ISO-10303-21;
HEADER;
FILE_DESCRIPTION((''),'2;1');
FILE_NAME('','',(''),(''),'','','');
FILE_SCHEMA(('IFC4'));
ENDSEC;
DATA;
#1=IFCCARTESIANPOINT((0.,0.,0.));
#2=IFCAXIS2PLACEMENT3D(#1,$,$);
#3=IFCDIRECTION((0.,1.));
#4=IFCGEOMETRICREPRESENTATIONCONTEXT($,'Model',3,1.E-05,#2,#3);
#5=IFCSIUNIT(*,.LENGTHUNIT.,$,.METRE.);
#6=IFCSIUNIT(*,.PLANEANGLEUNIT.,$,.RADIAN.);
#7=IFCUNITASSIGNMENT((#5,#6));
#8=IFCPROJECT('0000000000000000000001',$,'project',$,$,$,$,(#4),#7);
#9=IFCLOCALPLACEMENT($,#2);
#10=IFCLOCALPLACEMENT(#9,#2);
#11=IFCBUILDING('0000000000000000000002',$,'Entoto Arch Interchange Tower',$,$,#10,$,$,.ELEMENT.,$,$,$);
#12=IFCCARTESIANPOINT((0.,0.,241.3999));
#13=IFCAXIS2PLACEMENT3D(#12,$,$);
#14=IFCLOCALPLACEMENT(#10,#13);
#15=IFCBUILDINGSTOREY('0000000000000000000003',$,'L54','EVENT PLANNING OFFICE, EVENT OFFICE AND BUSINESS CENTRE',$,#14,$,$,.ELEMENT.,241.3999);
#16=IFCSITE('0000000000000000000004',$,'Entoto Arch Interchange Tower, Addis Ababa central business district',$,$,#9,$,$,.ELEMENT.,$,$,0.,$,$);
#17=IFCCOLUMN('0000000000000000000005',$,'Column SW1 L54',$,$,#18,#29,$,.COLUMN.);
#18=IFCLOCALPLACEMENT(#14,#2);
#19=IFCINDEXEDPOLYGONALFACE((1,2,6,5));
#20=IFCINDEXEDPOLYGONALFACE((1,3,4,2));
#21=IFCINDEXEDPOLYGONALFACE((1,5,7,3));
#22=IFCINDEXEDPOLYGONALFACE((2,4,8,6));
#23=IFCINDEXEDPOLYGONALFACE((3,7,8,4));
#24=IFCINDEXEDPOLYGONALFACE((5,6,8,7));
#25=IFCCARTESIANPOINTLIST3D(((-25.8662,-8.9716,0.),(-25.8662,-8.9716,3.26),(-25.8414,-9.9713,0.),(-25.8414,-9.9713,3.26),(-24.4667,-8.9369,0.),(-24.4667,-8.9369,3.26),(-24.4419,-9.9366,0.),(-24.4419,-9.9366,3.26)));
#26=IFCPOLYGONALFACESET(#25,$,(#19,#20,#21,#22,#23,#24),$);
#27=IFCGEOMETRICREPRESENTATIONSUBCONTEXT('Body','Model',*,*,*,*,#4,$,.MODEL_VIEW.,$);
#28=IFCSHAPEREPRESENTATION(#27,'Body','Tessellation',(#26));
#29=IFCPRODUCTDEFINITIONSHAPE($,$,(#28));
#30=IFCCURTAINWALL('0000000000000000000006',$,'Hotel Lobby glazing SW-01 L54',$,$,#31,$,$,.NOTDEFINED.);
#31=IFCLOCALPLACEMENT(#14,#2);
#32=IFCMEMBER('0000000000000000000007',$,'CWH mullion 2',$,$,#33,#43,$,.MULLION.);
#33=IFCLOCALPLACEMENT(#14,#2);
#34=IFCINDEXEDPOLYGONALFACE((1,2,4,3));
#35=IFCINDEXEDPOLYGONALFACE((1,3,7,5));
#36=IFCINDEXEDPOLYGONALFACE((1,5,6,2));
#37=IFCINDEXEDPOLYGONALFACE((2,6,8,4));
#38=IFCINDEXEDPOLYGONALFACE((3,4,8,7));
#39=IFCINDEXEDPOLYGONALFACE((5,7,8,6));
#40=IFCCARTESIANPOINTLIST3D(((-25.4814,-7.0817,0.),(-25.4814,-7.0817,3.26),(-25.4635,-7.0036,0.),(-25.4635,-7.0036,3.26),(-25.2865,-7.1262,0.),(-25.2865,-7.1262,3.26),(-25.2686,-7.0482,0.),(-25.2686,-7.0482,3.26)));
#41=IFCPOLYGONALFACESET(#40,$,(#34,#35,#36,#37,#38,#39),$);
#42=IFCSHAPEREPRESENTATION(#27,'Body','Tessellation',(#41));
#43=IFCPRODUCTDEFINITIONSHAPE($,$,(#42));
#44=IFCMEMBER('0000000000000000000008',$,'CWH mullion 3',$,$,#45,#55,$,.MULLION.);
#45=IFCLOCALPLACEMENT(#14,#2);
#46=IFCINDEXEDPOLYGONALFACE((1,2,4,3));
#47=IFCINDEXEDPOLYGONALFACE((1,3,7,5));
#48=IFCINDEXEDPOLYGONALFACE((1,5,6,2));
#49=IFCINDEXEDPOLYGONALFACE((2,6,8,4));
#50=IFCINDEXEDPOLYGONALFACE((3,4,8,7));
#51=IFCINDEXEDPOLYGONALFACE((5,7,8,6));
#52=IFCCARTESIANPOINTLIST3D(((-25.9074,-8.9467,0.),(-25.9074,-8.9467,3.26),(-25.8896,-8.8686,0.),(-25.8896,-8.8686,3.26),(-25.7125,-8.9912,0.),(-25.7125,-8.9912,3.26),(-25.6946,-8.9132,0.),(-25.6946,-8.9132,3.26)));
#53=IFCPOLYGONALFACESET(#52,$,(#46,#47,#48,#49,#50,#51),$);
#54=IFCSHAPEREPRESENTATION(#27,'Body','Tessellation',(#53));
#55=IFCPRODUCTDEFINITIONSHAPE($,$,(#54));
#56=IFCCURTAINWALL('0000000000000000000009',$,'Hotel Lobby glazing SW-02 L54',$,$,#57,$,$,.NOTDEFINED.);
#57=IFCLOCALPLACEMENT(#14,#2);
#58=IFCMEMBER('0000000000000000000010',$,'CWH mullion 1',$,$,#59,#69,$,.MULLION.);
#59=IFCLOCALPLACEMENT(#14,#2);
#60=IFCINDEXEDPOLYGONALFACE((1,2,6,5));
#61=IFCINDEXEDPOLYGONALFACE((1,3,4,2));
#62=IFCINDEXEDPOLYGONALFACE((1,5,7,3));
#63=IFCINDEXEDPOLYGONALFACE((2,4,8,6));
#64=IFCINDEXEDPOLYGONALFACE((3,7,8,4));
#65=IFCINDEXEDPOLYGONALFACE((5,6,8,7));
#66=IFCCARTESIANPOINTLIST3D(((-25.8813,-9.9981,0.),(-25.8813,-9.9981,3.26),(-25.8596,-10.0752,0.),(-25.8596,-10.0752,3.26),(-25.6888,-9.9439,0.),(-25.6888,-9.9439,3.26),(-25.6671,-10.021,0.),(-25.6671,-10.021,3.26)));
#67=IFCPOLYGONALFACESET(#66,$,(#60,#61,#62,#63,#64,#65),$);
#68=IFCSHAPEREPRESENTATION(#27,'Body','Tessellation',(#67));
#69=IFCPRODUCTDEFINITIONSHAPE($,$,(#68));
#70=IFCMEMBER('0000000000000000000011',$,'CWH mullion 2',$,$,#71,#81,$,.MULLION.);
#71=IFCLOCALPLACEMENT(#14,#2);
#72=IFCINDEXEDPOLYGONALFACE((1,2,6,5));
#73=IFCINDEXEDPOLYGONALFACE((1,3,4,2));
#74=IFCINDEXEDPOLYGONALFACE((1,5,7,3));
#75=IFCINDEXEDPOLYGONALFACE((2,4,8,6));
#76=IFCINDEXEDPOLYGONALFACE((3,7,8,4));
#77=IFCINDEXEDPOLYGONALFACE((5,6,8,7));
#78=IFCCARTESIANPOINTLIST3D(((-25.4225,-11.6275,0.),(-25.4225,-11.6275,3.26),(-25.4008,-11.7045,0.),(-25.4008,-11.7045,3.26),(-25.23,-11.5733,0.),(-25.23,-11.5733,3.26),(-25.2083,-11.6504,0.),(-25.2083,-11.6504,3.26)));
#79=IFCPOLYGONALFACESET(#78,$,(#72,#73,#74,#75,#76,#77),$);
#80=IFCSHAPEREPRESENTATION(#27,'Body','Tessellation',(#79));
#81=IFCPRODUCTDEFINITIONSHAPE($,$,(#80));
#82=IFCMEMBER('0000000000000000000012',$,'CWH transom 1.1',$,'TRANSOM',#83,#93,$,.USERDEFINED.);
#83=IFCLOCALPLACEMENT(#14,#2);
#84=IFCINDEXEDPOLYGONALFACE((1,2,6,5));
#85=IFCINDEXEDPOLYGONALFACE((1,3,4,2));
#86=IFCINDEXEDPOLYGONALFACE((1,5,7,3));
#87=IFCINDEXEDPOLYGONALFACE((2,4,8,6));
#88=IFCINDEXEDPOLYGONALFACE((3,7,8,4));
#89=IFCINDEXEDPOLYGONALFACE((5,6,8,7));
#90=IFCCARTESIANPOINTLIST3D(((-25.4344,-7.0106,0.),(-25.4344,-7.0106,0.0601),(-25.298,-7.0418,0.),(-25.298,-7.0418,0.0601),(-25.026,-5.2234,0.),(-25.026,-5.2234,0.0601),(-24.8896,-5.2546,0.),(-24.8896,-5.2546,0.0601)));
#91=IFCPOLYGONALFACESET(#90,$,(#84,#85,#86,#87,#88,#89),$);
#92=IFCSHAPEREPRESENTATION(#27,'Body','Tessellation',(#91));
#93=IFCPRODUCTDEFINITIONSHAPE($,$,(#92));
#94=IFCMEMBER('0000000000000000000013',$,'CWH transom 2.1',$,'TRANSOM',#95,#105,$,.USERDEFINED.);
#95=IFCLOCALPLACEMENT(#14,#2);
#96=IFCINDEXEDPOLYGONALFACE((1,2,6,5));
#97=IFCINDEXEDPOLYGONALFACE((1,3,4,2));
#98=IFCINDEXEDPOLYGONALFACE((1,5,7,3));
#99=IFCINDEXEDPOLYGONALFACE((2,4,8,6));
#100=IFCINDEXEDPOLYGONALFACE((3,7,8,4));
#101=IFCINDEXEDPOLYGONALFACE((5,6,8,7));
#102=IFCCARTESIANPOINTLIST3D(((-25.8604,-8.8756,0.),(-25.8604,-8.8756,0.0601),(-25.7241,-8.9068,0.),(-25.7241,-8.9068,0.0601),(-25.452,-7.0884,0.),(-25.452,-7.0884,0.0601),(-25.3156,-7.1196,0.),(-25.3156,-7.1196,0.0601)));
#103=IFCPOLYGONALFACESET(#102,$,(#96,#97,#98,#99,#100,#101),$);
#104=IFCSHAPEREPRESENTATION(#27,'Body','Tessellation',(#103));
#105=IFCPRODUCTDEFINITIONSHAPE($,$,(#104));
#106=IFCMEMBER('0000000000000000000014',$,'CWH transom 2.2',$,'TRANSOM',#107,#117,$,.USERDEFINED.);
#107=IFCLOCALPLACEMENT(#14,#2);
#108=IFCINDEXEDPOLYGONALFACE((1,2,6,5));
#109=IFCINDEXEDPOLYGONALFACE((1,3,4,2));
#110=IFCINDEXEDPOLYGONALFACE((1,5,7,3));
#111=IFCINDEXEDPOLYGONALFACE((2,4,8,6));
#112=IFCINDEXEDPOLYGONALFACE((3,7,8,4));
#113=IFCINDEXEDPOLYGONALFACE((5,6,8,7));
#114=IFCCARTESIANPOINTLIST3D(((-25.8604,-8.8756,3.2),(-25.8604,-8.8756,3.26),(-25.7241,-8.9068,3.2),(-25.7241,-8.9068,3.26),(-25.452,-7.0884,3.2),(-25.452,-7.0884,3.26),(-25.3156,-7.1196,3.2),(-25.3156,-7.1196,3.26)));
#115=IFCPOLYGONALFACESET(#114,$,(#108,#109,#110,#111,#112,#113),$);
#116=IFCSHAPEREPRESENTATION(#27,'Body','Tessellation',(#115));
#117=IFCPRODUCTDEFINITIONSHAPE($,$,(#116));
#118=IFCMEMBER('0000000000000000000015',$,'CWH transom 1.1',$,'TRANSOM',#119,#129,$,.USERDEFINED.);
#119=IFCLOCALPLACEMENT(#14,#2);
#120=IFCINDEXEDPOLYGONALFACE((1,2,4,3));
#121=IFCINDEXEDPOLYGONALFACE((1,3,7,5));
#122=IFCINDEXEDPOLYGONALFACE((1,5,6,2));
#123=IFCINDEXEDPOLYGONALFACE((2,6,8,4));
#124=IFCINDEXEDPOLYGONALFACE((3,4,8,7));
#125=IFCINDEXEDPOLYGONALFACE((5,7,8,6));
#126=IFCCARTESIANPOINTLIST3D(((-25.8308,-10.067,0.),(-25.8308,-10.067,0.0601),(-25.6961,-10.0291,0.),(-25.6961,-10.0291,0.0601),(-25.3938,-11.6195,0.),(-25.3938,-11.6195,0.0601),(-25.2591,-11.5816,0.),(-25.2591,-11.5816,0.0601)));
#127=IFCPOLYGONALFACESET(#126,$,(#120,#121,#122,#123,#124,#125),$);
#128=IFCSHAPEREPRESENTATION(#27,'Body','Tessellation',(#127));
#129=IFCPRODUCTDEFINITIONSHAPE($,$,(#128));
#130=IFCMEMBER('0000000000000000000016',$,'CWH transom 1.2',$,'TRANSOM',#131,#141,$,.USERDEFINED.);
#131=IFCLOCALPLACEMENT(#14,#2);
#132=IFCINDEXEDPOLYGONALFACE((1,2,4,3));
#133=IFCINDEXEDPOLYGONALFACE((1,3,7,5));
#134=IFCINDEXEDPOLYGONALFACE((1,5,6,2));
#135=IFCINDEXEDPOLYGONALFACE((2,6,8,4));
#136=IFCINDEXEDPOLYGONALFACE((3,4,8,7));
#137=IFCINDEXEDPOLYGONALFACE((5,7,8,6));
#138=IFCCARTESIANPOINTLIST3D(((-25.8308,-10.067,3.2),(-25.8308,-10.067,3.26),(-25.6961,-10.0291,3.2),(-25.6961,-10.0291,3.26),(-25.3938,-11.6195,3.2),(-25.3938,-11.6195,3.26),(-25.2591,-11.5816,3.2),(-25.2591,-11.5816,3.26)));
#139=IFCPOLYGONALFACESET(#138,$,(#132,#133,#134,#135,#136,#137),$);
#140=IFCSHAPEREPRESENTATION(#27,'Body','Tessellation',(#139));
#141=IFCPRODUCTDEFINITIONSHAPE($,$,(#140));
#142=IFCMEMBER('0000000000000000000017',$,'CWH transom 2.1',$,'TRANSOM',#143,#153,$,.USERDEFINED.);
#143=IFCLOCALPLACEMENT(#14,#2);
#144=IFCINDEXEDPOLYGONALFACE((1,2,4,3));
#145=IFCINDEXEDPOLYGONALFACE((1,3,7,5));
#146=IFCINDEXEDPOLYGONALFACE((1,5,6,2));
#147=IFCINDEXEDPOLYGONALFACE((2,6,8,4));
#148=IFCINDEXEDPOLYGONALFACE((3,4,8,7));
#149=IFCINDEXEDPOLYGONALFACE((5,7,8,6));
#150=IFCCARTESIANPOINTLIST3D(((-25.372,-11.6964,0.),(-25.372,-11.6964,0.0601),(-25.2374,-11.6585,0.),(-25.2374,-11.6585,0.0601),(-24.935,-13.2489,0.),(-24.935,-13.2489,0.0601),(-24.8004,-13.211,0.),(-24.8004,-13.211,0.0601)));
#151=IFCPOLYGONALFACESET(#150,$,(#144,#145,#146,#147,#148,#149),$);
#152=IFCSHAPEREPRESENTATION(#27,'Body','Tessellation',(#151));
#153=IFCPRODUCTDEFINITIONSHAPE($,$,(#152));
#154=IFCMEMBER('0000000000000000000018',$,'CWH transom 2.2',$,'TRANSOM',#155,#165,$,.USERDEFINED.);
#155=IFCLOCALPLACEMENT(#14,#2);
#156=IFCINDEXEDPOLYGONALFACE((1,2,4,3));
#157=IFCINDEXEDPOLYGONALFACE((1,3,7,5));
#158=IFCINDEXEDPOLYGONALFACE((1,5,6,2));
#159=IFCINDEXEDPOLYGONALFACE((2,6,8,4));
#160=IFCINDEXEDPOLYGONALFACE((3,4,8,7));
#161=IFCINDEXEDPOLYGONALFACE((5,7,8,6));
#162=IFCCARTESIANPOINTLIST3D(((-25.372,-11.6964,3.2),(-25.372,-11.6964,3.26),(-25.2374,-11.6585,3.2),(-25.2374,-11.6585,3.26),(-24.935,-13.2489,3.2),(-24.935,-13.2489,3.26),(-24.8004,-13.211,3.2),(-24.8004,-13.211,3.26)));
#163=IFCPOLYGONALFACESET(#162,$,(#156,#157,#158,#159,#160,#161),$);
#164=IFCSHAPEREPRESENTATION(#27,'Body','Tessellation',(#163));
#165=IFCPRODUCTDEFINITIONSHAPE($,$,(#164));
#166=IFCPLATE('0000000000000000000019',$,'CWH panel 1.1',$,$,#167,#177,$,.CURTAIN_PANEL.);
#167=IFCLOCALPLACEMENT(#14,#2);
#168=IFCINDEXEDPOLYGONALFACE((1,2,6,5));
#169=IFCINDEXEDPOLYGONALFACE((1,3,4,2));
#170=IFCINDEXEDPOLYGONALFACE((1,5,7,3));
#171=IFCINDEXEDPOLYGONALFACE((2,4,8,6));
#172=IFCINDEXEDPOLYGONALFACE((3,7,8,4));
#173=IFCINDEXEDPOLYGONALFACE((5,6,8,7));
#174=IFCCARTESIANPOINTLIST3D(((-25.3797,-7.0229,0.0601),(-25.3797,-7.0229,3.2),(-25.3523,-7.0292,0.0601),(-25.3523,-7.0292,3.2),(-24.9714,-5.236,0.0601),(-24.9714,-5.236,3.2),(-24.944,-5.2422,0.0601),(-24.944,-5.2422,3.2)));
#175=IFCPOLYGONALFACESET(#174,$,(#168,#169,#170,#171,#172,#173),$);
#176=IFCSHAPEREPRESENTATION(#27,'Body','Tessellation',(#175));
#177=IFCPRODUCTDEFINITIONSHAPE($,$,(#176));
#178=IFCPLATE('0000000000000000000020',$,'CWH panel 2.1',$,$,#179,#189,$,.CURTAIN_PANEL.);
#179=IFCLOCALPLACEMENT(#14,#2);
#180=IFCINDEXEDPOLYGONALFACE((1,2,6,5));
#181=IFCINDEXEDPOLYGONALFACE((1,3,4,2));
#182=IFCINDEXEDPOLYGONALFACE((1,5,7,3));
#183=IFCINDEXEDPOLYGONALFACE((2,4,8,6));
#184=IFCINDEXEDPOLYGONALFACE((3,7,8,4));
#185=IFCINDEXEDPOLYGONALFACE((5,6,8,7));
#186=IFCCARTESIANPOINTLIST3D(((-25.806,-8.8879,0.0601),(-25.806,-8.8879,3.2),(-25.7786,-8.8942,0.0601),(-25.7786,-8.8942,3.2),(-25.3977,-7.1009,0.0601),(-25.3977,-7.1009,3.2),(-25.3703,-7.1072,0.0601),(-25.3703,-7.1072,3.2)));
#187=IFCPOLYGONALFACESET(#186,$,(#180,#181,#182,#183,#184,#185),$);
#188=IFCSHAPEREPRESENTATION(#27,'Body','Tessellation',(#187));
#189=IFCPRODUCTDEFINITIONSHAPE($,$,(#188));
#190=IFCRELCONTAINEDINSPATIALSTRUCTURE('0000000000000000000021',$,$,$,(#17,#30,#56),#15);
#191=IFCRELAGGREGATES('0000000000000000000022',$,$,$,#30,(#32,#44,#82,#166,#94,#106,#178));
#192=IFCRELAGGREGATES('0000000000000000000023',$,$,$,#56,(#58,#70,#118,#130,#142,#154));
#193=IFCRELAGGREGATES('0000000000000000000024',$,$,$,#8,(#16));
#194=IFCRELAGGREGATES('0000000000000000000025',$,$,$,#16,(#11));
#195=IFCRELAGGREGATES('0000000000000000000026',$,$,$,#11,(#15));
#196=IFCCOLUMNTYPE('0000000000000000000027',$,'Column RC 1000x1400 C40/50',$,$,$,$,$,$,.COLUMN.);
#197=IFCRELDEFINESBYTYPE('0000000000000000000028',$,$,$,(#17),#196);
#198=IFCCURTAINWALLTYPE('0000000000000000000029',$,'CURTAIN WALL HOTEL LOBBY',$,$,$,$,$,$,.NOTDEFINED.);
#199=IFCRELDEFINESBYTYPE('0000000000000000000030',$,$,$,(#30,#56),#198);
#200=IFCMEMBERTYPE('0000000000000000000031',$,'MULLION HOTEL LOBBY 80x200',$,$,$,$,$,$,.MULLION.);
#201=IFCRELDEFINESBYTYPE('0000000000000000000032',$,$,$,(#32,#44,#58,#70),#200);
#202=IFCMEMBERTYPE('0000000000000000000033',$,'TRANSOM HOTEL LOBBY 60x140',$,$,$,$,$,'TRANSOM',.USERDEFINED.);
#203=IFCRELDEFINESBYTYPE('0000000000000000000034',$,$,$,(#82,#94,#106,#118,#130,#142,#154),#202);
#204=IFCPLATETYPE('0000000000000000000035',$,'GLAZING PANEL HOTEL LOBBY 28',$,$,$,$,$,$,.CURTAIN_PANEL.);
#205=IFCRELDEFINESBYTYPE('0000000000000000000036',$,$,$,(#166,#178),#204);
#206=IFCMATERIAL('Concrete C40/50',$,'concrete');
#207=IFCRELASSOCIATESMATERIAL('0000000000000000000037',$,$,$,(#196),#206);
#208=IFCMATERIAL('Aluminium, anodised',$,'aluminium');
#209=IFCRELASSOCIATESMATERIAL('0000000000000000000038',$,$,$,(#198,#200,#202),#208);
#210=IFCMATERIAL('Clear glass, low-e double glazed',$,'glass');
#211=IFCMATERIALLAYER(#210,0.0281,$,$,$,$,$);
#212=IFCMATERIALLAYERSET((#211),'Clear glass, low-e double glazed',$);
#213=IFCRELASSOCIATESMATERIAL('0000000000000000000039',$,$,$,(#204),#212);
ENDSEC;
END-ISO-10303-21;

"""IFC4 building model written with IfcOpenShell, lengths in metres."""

from ifc_helpers import new_model, si_unit, direction, frame, origin, origin_2d, place, context, subcontext, project, spatial, rectangle, extrude, material, layer, layer_set, material_profile, profile_set, type_object, element, aggregate, save


model = new_model("IFC4")

# Units and contexts
model_context = context("Model", 3, precision=1e-05, world=origin(), true_north=direction((0.0, 1.0)))
body_context = subcontext(model_context, "Body", "Model", "MODEL_VIEW")
ifc_project = project(units=[si_unit("LENGTHUNIT", "METRE"), si_unit("PLANEANGLEUNIT", "RADIAN")], contexts=[model_context])

# Site, building, storey
site_placement = place(None, origin())
site = spatial("IfcSite", under=ifc_project, at=site_placement, Name="Entoto Arch Interchange Tower, Addis Ababa central business district", CompositionType="ELEMENT", RefElevation=0.0)
building_placement = place(site_placement, origin())
building = spatial("IfcBuilding", under=site, at=building_placement, Name="Entoto Arch Interchange Tower", CompositionType="ELEMENT")
storey_placement = place(building_placement, frame((0.0, 0.0, 241.3999)))
storey = spatial("IfcBuildingStorey", under=building, at=storey_placement, Name="L54", Description="EVENT PLANNING OFFICE, EVENT OFFICE AND BUSINESS CENTRE", CompositionType="ELEMENT", Elevation=241.3999)

# Column
ifc_material_1 = material(Name="Concrete C40/50", Category="concrete")
ifc_material_profile_1 = material_profile(ifc_material_1, rectangle(XDim=1.0, YDim=1.3999, at=origin_2d()))
ifc_profile_set_1 = profile_set([ifc_material_profile_1], Name="Concrete C40/50")
column_type = type_object("IfcColumnType", Name="Column RC 1000x1400 C40/50", PredefinedType="COLUMN", material=ifc_profile_set_1)
column_placement = place(storey_placement, frame((-25.1541, -9.4541, 0.0), z_axis=(0.0, 0.0, 1.0), x_axis=(-0.024833, 0.999692, 0.0)))
element("IfcColumn", 1, at=column_placement, inside=storey, type_object=column_type, Name="Column SW1 L54", PredefinedType="COLUMN", context=body_context, shape_type="SweptSolid", body=[
    extrude(rectangle(XDim=1.0, YDim=1.3999, at=origin_2d()), origin(), (0.0, 0.0, 1.0), 3.26),
])

# Curtain walls, members
ifc_material_2 = material(Name="Aluminium, anodised", Category="aluminium")
curtain_wall_type = type_object("IfcCurtainWallType", Name="CURTAIN WALL HOTEL LOBBY", PredefinedType="NOTDEFINED", material=ifc_material_2)
curtain_wall_1_placement = place(storey_placement, origin())
curtain_wall_1 = element("IfcCurtainWall", 2, at=curtain_wall_1_placement, inside=storey, type_object=curtain_wall_type, Name="Hotel Lobby glazing SW-01 L54", PredefinedType="NOTDEFINED")
ifc_material_profile_2 = material_profile(ifc_material_2, rectangle(XDim=0.2, YDim=0.0801, at=origin_2d()))
ifc_profile_set_2 = profile_set([ifc_material_profile_2], Name="Aluminium, anodised")
member_type_1 = type_object("IfcMemberType", Name="MULLION HOTEL LOBBY 80x200", PredefinedType="MULLION", material=ifc_profile_set_2)
member_1_placement = place(storey_placement, frame((-25.375, -7.0649, 0.0), z_axis=(0.0, 0.0, 1.0), x_axis=(0.974881, -0.222727, 0.0)))
member_1 = element("IfcMember", 3, at=member_1_placement, type_object=member_type_1, Name="CWH mullion 2", PredefinedType="MULLION", context=body_context, shape_type="SweptSolid", body=[
    extrude(rectangle(XDim=0.2, YDim=0.0801, at=origin_2d()), origin(), (0.0, 0.0, 1.0), 3.26),
])
member_2_placement = place(storey_placement, frame((-25.801, -8.9299, 0.0), z_axis=(0.0, 0.0, 1.0), x_axis=(0.974881, -0.222727, 0.0)))
member_2 = element("IfcMember", 4, at=member_2_placement, type_object=member_type_1, Name="CWH mullion 3", PredefinedType="MULLION", context=body_context, shape_type="SweptSolid", body=[
    extrude(rectangle(XDim=0.2, YDim=0.0801, at=origin_2d()), origin(), (0.0, 0.0, 1.0), 3.26),
])
curtain_wall_2_placement = place(storey_placement, origin())
curtain_wall_2 = element("IfcCurtainWall", 5, at=curtain_wall_2_placement, inside=storey, type_object=curtain_wall_type, Name="Hotel Lobby glazing SW-02 L54", PredefinedType="NOTDEFINED")
member_3_placement = place(storey_placement, frame((-25.7742, -10.0095, 0.0), z_axis=(0.0, 0.0, 1.0), x_axis=(0.962595, 0.270946, 0.0)))
member_3 = element("IfcMember", 6, at=member_3_placement, type_object=member_type_1, Name="CWH mullion 1", PredefinedType="MULLION", context=body_context, shape_type="SweptSolid", body=[
    extrude(rectangle(XDim=0.2, YDim=0.0801, at=origin_2d()), origin(), (0.0, 0.0, 1.0), 3.26),
])
member_4_placement = place(storey_placement, frame((-25.3154, -11.6389, 0.0), z_axis=(0.0, 0.0, 1.0), x_axis=(0.962595, 0.270946, 0.0)))
member_4 = element("IfcMember", 7, at=member_4_placement, type_object=member_type_1, Name="CWH mullion 2", PredefinedType="MULLION", context=body_context, shape_type="SweptSolid", body=[
    extrude(rectangle(XDim=0.2, YDim=0.0801, at=origin_2d()), origin(), (0.0, 0.0, 1.0), 3.26),
])

# Members
ifc_material_profile_3 = material_profile(ifc_material_2, rectangle(XDim=0.1399, YDim=0.0601, at=origin_2d()))
ifc_profile_set_3 = profile_set([ifc_material_profile_3], Name="Aluminium, anodised")
member_type_2 = type_object("IfcMemberType", Name="TRANSOM HOTEL LOBBY 60x140", ElementType="TRANSOM", PredefinedType="USERDEFINED", material=ifc_profile_set_3)
member_5_placement = place(storey_placement, frame((-24.9578, -5.239, 0.03), z_axis=(-0.222807, -0.974863, 0.0), x_axis=(0.974863, -0.222807, 0.0)))
member_5 = element("IfcMember", 8, at=member_5_placement, type_object=member_type_2, Name="CWH transom 1.1", ObjectType="TRANSOM", PredefinedType="USERDEFINED", context=body_context, shape_type="SweptSolid", body=[
    extrude(rectangle(XDim=0.1399, YDim=0.0601, at=origin_2d()), origin(), (0.0, 0.0, 1.0), 1.8333),
])
member_6_placement = place(storey_placement, frame((-25.3838, -7.104, 0.03), z_axis=(-0.222807, -0.974863, 0.0), x_axis=(0.974863, -0.222807, 0.0)))
member_6 = element("IfcMember", 9, at=member_6_placement, type_object=member_type_2, Name="CWH transom 2.1", ObjectType="TRANSOM", PredefinedType="USERDEFINED", context=body_context, shape_type="SweptSolid", body=[
    extrude(rectangle(XDim=0.1399, YDim=0.0601, at=origin_2d()), origin(), (0.0, 0.0, 1.0), 1.8333),
])
member_7_placement = place(storey_placement, frame((-25.3838, -7.104, 3.23), z_axis=(-0.222807, -0.974863, 0.0), x_axis=(0.974863, -0.222807, 0.0)))
member_7 = element("IfcMember", 10, at=member_7_placement, type_object=member_type_2, Name="CWH transom 2.2", ObjectType="TRANSOM", PredefinedType="USERDEFINED", context=body_context, shape_type="SweptSolid", body=[
    extrude(rectangle(XDim=0.1399, YDim=0.0601, at=origin_2d()), origin(), (0.0, 0.0, 1.0), 1.8333),
])
member_8_placement = place(storey_placement, frame((-25.7634, -10.0481, 0.03), z_axis=(0.27096, -0.962591, 0.0), x_axis=(0.962591, 0.27096, 0.0)))
member_8 = element("IfcMember", 11, at=member_8_placement, type_object=member_type_2, Name="CWH transom 1.1", ObjectType="TRANSOM", PredefinedType="USERDEFINED", context=body_context, shape_type="SweptSolid", body=[
    extrude(rectangle(XDim=0.1399, YDim=0.0601, at=origin_2d()), origin(), (0.0, 0.0, 1.0), 1.6128),
])
member_9_placement = place(storey_placement, frame((-25.7634, -10.0481, 3.23), z_axis=(0.27096, -0.962591, 0.0), x_axis=(0.962591, 0.27096, 0.0)))
member_9 = element("IfcMember", 12, at=member_9_placement, type_object=member_type_2, Name="CWH transom 1.2", ObjectType="TRANSOM", PredefinedType="USERDEFINED", context=body_context, shape_type="SweptSolid", body=[
    extrude(rectangle(XDim=0.1399, YDim=0.0601, at=origin_2d()), origin(), (0.0, 0.0, 1.0), 1.6128),
])
member_10_placement = place(storey_placement, frame((-25.3047, -11.6775, 0.03), z_axis=(0.27096, -0.962591, 0.0), x_axis=(0.962591, 0.27096, 0.0)))
member_10 = element("IfcMember", 13, at=member_10_placement, type_object=member_type_2, Name="CWH transom 2.1", ObjectType="TRANSOM", PredefinedType="USERDEFINED", context=body_context, shape_type="SweptSolid", body=[
    extrude(rectangle(XDim=0.1399, YDim=0.0601, at=origin_2d()), origin(), (0.0, 0.0, 1.0), 1.6128),
])
member_11_placement = place(storey_placement, frame((-25.3047, -11.6775, 3.23), z_axis=(0.27096, -0.962591, 0.0), x_axis=(0.962591, 0.27096, 0.0)))
member_11 = element("IfcMember", 14, at=member_11_placement, type_object=member_type_2, Name="CWH transom 2.2", ObjectType="TRANSOM", PredefinedType="USERDEFINED", context=body_context, shape_type="SweptSolid", body=[
    extrude(rectangle(XDim=0.1399, YDim=0.0601, at=origin_2d()), origin(), (0.0, 0.0, 1.0), 1.6128),
])

# Plates
ifc_material_3 = material(Name="Clear glass, low-e double glazed", Category="glass")
ifc_layer_1 = layer(ifc_material_3, 0.0281)
ifc_layer_set_1 = layer_set([ifc_layer_1], Name="Clear glass, low-e double glazed")
plate_type = type_object("IfcPlateType", Name="GLAZING PANEL HOTEL LOBBY 28", PredefinedType="CURTAIN_PANEL", material=ifc_layer_set_1)
plate_1_placement = place(storey_placement, frame((-25.1619, -6.1326, 0.0601), z_axis=(0.0, 0.0, 1.0), x_axis=(-0.222727, -0.974881, 0.0)))
plate_1 = element("IfcPlate", 15, at=plate_1_placement, type_object=plate_type, Name="CWH panel 1.1", PredefinedType="CURTAIN_PANEL", context=body_context, shape_type="SweptSolid", body=[
    extrude(rectangle(XDim=1.833, YDim=0.0281, at=origin_2d()), origin(), (0.0, 0.0, 1.0), 3.1399),
])
plate_2_placement = place(storey_placement, frame((-25.5881, -7.9976, 0.0601), z_axis=(0.0, 0.0, 1.0), x_axis=(-0.222727, -0.974881, 0.0)))
plate_2 = element("IfcPlate", 16, at=plate_2_placement, type_object=plate_type, Name="CWH panel 2.1", PredefinedType="CURTAIN_PANEL", context=body_context, shape_type="SweptSolid", body=[
    extrude(rectangle(XDim=1.833, YDim=0.0281, at=origin_2d()), origin(), (0.0, 0.0, 1.0), 3.1399),
])
aggregate(curtain_wall_1, [member_1, member_2, member_5, plate_1, member_6, member_7, plate_2])
aggregate(curtain_wall_2, [member_3, member_4, member_8, member_9, member_10, member_11])

save(model, "model.ifc")
